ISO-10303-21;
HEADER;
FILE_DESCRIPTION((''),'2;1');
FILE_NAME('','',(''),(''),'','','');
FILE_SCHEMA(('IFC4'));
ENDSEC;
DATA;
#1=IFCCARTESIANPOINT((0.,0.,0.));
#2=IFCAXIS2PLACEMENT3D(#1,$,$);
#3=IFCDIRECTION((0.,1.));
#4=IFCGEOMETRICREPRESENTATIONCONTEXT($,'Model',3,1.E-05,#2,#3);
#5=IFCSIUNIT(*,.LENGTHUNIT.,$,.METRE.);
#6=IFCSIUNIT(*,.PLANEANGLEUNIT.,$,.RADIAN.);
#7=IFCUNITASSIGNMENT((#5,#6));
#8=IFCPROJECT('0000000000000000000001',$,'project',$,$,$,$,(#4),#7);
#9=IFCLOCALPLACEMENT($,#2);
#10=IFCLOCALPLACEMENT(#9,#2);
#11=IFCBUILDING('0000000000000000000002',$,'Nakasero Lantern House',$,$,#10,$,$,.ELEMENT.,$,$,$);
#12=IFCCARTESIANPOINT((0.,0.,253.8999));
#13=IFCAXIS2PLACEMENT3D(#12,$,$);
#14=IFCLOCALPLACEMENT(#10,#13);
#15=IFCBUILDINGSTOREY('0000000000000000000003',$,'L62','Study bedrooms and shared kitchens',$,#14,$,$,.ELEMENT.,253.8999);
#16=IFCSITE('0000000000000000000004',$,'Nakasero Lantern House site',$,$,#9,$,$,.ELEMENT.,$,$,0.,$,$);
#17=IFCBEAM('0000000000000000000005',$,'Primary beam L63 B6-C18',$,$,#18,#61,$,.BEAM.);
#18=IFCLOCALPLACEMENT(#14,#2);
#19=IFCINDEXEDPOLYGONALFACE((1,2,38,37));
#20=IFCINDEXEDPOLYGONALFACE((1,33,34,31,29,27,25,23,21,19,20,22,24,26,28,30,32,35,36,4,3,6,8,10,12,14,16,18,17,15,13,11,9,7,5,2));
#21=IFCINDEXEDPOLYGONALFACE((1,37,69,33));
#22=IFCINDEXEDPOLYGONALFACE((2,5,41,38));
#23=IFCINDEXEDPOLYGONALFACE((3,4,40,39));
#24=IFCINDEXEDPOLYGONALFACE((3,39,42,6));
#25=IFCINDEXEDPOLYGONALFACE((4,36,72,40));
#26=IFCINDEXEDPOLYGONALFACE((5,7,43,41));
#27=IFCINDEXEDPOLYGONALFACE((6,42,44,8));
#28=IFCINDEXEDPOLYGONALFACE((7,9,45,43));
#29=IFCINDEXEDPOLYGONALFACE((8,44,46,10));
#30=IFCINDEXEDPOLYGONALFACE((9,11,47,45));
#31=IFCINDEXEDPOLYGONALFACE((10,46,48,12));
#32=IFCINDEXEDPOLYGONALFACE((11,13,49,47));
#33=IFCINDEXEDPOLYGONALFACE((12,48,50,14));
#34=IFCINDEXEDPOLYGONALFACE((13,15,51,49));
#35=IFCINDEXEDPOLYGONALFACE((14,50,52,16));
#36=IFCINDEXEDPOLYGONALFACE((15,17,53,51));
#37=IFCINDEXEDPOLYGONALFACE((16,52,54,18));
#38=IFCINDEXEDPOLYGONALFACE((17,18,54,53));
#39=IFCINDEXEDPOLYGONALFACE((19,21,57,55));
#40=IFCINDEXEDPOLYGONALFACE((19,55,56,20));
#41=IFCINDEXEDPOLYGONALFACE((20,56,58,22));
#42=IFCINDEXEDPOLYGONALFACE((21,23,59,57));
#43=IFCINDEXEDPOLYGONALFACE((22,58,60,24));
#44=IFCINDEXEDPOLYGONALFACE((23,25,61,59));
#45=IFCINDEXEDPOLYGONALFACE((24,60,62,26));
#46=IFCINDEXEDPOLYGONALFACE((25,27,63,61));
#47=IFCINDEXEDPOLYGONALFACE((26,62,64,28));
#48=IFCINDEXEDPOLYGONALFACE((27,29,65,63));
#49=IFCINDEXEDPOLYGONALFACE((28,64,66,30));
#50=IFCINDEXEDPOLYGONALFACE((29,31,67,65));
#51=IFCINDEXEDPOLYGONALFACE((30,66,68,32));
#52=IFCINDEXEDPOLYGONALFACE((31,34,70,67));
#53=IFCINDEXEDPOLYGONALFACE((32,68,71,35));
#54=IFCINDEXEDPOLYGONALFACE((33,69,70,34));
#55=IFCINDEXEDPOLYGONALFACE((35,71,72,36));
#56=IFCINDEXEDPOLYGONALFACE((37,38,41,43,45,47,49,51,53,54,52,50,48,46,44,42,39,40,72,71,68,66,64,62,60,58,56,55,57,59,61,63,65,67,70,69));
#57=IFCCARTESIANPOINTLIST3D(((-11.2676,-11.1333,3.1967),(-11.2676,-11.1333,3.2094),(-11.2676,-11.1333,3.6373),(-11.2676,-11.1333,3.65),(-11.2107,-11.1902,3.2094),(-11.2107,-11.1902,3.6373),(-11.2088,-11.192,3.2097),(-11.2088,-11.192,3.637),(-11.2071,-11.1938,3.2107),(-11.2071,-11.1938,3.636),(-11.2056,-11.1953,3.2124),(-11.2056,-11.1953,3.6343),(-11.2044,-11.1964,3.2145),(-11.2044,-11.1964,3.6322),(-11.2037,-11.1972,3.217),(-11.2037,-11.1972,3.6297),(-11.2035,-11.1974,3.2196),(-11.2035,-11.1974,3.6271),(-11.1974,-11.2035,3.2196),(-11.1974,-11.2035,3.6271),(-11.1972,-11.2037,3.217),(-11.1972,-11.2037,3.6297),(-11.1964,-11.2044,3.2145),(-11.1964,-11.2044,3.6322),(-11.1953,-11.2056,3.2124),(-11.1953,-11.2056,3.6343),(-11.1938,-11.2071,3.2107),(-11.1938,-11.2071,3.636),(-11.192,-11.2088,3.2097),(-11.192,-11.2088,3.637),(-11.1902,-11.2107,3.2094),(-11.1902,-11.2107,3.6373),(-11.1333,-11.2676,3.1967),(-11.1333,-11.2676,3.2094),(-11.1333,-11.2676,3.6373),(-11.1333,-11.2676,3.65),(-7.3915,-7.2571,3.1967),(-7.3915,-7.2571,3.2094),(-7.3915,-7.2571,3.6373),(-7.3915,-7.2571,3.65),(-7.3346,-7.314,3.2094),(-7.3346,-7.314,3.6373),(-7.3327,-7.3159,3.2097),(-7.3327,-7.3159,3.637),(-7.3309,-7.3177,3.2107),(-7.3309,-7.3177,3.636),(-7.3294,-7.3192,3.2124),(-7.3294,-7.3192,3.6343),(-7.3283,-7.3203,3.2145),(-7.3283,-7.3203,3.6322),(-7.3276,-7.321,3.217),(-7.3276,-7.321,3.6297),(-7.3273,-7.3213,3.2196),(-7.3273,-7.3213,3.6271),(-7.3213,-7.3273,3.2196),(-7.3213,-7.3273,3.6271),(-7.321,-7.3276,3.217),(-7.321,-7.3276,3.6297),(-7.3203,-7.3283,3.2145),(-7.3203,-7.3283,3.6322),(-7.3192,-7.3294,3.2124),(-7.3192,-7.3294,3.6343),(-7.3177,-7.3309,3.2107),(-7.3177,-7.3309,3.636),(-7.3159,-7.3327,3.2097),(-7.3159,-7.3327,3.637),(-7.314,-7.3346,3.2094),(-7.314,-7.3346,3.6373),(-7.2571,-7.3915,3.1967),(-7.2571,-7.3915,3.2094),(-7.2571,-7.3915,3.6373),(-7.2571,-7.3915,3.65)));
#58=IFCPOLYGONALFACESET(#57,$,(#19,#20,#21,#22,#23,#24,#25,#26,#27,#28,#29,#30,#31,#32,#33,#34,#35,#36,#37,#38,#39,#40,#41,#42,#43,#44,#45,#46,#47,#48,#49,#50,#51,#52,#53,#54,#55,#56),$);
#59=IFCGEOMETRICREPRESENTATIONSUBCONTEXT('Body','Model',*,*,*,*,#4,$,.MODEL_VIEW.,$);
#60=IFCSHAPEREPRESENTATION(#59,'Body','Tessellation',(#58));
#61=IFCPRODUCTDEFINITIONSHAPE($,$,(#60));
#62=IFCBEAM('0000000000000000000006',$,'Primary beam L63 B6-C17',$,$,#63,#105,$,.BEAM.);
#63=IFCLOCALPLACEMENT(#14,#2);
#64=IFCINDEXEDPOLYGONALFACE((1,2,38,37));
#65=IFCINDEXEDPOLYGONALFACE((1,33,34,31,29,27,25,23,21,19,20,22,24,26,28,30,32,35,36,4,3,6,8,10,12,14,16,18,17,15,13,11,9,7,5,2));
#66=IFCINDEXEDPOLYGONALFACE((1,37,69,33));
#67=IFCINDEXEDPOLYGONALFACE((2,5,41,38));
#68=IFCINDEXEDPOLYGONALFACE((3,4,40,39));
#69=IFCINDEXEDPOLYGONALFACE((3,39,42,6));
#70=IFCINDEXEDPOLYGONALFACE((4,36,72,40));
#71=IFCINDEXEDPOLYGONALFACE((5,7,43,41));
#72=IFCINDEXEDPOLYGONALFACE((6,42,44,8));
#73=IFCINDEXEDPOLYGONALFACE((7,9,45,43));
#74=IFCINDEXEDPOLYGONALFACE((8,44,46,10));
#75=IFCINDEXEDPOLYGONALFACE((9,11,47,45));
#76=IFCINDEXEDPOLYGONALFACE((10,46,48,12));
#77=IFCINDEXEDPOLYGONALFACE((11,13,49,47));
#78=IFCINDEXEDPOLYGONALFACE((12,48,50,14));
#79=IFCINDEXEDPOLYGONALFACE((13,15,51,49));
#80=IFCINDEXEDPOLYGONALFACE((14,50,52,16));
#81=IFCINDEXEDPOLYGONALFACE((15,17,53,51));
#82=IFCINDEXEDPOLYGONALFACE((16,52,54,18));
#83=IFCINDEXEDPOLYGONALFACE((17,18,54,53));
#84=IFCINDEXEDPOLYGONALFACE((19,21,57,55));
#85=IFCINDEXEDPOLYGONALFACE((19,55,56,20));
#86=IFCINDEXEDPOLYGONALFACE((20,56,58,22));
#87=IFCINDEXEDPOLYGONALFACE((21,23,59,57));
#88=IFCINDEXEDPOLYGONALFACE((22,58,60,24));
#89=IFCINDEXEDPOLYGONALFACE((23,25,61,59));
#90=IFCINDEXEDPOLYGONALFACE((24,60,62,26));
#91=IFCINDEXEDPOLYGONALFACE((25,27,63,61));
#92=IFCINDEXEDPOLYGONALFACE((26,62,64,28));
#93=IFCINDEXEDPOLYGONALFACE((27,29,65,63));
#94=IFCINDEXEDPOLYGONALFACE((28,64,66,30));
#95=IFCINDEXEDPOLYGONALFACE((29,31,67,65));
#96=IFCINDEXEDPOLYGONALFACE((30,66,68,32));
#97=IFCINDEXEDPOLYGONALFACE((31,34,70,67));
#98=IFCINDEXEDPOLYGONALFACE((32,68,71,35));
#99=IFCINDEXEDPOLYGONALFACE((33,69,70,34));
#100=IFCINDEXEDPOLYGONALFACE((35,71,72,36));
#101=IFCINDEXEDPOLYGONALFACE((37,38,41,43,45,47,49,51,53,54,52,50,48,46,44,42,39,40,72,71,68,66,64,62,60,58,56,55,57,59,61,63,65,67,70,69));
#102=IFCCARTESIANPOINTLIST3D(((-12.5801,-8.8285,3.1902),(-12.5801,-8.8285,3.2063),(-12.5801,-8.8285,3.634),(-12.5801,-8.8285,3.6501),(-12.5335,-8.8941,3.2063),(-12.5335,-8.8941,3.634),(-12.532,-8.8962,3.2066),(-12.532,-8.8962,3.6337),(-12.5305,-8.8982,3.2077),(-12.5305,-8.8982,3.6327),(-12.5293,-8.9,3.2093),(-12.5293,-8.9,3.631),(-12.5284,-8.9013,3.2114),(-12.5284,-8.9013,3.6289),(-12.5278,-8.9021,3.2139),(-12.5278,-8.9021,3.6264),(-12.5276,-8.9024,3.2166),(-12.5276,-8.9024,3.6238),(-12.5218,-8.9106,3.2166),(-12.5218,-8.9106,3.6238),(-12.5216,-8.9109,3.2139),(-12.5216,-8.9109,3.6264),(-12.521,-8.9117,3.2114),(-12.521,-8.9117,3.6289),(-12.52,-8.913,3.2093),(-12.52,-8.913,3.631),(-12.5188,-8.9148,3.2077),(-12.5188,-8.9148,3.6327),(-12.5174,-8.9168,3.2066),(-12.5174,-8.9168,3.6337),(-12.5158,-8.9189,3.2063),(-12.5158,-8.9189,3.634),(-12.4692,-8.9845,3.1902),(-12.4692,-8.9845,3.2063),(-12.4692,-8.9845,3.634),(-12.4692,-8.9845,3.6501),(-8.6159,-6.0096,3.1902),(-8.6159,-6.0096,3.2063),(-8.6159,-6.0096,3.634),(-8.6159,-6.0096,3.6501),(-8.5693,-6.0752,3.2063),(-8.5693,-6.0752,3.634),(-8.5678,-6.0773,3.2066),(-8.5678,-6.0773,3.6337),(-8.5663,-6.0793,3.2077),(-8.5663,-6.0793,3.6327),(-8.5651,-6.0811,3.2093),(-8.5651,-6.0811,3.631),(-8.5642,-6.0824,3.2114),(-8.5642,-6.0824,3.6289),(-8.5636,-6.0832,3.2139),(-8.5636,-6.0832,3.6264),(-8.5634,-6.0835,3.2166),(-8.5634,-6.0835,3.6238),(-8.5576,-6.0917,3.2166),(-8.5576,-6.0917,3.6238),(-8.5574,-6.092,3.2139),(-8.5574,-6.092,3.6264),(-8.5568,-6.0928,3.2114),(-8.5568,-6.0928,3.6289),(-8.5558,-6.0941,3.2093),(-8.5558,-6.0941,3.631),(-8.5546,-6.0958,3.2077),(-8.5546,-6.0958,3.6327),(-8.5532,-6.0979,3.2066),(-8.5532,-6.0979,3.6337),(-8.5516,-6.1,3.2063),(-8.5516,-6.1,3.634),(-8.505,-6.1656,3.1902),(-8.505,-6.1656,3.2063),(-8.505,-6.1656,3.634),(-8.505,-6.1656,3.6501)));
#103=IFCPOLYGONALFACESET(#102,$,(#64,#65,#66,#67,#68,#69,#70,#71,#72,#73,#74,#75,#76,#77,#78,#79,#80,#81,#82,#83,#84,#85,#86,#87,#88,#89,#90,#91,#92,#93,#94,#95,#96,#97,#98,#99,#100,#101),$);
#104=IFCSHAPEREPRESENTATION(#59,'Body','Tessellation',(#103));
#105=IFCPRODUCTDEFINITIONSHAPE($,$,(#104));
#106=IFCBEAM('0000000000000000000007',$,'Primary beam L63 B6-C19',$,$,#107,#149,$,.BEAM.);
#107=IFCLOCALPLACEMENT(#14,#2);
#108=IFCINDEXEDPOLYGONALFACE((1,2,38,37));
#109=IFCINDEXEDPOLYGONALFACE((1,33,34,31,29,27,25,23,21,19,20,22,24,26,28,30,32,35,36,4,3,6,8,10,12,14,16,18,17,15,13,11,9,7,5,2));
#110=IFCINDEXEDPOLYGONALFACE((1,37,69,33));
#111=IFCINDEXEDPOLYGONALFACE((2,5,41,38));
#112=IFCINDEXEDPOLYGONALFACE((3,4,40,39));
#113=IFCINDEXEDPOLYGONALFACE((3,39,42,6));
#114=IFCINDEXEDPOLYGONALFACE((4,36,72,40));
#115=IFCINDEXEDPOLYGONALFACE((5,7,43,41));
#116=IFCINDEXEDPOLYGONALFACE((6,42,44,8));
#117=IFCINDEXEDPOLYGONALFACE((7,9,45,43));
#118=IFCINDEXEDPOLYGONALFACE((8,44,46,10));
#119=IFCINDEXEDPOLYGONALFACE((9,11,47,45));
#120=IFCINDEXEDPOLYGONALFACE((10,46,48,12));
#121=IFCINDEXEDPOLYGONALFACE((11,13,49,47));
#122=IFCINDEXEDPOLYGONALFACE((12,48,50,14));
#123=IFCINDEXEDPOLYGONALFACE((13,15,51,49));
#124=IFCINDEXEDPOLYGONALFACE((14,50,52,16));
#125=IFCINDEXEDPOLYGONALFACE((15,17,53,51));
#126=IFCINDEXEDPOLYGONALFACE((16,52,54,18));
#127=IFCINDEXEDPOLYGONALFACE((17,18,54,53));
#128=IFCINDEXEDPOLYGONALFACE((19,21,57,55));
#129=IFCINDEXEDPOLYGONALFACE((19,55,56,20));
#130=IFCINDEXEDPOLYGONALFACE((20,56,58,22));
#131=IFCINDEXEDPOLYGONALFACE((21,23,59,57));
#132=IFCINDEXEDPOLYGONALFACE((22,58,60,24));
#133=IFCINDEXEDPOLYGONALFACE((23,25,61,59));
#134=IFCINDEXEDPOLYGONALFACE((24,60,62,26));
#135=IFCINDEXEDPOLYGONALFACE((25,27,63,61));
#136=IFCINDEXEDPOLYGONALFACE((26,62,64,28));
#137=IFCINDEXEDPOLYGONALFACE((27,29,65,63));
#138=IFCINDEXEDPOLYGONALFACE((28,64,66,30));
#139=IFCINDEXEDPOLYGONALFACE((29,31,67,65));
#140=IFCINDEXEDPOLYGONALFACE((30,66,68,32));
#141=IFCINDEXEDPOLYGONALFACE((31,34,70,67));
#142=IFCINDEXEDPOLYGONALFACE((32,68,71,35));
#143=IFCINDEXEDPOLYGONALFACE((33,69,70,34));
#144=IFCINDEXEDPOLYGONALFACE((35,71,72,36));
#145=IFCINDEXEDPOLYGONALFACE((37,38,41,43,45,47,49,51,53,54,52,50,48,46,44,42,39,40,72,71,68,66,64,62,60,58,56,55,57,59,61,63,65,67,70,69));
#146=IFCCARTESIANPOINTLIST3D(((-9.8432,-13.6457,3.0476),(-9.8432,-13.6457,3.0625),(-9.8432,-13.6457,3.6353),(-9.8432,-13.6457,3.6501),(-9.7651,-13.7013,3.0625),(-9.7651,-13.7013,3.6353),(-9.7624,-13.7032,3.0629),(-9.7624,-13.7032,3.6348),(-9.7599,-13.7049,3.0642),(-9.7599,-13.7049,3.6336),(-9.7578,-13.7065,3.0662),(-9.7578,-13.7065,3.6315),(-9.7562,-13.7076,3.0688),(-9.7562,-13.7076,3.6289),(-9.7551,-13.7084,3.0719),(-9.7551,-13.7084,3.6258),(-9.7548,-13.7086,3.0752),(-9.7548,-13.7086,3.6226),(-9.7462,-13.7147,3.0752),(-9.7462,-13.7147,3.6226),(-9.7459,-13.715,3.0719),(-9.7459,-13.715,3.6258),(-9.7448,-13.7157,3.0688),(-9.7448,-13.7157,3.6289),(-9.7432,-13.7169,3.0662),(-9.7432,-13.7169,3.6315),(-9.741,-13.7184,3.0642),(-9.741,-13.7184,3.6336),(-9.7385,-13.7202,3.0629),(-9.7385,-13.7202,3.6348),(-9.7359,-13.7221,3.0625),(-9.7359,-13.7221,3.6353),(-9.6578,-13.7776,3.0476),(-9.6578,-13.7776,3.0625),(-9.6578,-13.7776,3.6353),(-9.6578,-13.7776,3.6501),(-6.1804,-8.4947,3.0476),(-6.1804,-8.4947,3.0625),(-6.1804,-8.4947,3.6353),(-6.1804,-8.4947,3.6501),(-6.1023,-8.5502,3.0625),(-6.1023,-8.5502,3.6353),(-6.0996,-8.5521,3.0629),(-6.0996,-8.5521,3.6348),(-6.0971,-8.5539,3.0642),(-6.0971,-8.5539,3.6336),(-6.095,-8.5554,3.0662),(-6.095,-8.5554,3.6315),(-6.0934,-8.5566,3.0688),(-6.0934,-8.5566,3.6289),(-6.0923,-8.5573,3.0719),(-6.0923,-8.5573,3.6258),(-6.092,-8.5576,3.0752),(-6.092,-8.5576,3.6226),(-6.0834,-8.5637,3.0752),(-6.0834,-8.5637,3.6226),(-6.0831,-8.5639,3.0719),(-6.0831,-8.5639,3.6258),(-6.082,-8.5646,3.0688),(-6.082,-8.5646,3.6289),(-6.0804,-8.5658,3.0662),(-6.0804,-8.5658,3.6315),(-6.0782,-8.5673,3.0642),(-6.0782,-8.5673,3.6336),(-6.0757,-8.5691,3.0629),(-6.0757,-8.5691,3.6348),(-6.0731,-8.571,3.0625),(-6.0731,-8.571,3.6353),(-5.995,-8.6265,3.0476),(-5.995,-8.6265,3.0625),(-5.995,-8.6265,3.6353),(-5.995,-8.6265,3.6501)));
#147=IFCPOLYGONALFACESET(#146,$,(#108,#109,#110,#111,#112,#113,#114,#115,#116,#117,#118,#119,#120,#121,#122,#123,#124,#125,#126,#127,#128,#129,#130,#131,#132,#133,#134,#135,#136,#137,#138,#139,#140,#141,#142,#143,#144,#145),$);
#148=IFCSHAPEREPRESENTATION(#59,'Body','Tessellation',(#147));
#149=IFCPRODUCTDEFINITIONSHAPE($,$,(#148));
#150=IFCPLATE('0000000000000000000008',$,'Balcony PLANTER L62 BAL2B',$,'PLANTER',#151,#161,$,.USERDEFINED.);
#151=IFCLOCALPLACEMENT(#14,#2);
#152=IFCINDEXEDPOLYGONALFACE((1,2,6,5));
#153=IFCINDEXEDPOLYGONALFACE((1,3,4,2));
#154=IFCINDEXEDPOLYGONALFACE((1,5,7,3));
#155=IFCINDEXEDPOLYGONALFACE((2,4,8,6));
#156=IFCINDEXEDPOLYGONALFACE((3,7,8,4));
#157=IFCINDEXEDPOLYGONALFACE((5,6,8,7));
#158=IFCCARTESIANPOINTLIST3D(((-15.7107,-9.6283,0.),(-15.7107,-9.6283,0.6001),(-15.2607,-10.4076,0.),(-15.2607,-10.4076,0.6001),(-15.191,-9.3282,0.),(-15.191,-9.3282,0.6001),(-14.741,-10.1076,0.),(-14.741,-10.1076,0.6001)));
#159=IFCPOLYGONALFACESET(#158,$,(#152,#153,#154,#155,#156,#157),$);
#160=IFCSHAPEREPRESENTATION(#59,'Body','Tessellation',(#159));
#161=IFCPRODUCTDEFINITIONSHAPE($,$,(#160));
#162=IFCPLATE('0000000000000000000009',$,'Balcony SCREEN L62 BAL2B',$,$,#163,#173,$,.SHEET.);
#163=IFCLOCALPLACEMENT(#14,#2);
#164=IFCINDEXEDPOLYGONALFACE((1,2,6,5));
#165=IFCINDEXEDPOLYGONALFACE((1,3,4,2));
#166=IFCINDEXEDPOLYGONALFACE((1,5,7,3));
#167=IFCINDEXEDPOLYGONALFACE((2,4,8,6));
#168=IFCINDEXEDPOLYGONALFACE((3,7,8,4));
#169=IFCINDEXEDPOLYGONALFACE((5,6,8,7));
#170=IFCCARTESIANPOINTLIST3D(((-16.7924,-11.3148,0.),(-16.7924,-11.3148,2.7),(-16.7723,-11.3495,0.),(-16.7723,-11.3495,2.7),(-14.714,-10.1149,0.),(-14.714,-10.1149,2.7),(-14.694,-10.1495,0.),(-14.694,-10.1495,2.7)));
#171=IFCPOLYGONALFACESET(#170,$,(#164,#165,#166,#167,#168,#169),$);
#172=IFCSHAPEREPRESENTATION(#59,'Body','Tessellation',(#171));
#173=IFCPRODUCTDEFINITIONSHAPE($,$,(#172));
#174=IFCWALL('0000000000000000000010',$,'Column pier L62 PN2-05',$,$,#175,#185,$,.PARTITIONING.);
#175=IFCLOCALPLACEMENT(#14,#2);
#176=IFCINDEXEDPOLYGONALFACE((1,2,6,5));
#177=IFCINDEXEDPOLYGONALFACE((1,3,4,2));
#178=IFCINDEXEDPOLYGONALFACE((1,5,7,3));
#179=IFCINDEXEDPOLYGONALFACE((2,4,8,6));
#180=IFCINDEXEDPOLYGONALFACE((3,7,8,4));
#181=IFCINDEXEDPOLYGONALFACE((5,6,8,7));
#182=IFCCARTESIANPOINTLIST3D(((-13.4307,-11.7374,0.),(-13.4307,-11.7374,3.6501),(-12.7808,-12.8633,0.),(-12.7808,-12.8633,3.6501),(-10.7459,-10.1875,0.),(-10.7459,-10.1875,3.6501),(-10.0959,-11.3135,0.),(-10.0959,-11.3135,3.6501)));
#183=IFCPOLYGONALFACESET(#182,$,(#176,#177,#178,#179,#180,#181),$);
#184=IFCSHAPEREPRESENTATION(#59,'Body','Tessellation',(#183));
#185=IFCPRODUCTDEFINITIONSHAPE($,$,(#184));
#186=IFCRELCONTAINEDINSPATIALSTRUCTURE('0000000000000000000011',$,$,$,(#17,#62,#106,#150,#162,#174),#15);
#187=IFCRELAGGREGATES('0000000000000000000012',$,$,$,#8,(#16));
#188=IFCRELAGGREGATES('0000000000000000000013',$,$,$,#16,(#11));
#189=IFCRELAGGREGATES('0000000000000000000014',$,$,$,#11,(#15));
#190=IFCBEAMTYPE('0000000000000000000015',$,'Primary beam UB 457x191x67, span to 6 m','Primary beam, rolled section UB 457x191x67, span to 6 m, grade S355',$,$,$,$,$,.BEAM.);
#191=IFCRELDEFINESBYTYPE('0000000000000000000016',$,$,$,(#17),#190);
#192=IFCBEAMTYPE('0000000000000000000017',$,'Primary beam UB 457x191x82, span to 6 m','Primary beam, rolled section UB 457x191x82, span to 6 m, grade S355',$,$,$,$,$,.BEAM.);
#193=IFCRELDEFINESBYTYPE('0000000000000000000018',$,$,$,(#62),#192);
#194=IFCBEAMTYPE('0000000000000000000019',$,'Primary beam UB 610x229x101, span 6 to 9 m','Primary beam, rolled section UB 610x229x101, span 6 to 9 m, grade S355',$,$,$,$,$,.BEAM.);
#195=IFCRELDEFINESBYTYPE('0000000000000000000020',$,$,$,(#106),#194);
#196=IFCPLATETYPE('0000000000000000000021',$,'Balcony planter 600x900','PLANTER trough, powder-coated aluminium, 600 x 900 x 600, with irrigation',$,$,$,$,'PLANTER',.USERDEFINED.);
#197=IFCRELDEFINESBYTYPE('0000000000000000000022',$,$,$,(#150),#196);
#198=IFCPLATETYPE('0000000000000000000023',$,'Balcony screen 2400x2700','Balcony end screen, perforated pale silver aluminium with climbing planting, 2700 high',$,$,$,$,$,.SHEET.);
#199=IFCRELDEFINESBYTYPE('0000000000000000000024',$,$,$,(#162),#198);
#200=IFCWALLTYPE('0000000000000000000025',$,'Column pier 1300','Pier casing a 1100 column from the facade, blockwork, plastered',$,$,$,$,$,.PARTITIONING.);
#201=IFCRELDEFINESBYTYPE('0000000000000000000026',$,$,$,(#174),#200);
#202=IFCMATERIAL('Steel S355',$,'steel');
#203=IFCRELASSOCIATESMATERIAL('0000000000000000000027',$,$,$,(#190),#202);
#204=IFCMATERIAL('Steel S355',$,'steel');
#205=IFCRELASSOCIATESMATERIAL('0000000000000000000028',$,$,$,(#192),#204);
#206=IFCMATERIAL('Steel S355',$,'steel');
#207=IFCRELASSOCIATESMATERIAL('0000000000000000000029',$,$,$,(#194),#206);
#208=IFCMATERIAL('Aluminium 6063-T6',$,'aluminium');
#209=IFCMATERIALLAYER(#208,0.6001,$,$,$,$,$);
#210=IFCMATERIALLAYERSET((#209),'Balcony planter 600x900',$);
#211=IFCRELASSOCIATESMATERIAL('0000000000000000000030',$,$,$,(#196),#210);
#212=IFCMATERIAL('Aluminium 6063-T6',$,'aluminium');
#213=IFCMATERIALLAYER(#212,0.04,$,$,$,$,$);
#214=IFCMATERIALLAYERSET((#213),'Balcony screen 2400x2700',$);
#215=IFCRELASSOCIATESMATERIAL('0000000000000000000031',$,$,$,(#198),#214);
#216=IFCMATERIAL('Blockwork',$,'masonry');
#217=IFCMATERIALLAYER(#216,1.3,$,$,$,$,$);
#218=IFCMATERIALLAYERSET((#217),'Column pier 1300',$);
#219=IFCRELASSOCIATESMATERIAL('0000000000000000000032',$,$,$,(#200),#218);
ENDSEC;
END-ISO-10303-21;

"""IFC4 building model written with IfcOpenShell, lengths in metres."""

from ifc_helpers import new_model, si_unit, direction, frame, frame_2d, origin, origin_2d, place, context, subcontext, project, spatial, rectangle, i_section, extrude, material, layer, layer_set, material_profile, profile_set, type_object, element, save


model = new_model("IFC4")

# Units and contexts
model_context = context("Model", 3, precision=1e-05, world=origin(), true_north=direction((0.0, 1.0)))
body_context = subcontext(model_context, "Body", "Model", "MODEL_VIEW")
ifc_project = project(units=[si_unit("LENGTHUNIT", "METRE"), si_unit("PLANEANGLEUNIT", "RADIAN")], contexts=[model_context])

# Site, building, storey
site_placement = place(None, origin())
site = spatial("IfcSite", under=ifc_project, at=site_placement, Name="Nakasero Lantern House site", CompositionType="ELEMENT", RefElevation=0.0)
building_placement = place(site_placement, origin())
building = spatial("IfcBuilding", under=site, at=building_placement, Name="Nakasero Lantern House", CompositionType="ELEMENT")
storey_placement = place(building_placement, frame((0.0, 0.0, 253.8999)))
storey = spatial("IfcBuildingStorey", under=building, at=storey_placement, Name="L62", Description="Study bedrooms and shared kitchens", CompositionType="ELEMENT", Elevation=253.8999)

# Beams
ifc_material_1 = material(Name="Steel S355", Category="steel")
ifc_material_profile_1 = material_profile(ifc_material_1, i_section(OverallWidth=0.1899, OverallDepth=0.4534, WebThickness=0.0085, FlangeThickness=0.0127, FilletRadius=0.0103, at=origin_2d()), Name="UB 457x191x67")
ifc_profile_set_1 = profile_set([ifc_material_profile_1], Name="Steel S355")
beam_type_1 = type_object("IfcBeamType", Name="Primary beam UB 457x191x67, span to 6 m", Description="Primary beam, rolled section UB 457x191x67, span to 6 m, grade S355", PredefinedType="BEAM", material=ifc_profile_set_1)
beam_1_placement = place(storey_placement, frame((-11.2004, -11.2004, 3.4233), z_axis=(0.707107, 0.707107, 0.0), x_axis=(-0.707107, 0.707107, 0.0)))
element("IfcBeam", 1, at=beam_1_placement, inside=storey, type_object=beam_type_1, Name="Primary beam L63 B6-C18", PredefinedType="BEAM", context=body_context, shape_type="SweptSolid", body=[
    extrude(i_section(OverallWidth=0.1899, OverallDepth=0.4534, WebThickness=0.0085, FlangeThickness=0.0127, FilletRadius=0.0103, at=origin_2d()), origin(), (0.0, 0.0, 1.0), 5.4817),
])
ifc_material_2 = material(Name="Steel S355", Category="steel")
ifc_material_profile_2 = material_profile(ifc_material_2, i_section(OverallWidth=0.1914, OverallDepth=0.46, WebThickness=0.01, FlangeThickness=0.0161, FilletRadius=0.0103, at=origin_2d()), Name="UB 457x191x82")
ifc_profile_set_2 = profile_set([ifc_material_profile_2], Name="Steel S355")
beam_type_2 = type_object("IfcBeamType", Name="Primary beam UB 457x191x82, span to 6 m", Description="Primary beam, rolled section UB 457x191x82, span to 6 m, grade S355", PredefinedType="BEAM", material=ifc_profile_set_2)
beam_2_placement = place(storey_placement, frame((-12.5247, -8.9065, 3.4202), z_axis=(0.814963, 0.579513, 0.0), x_axis=(-0.579513, 0.814963, 0.0)))
element("IfcBeam", 2, at=beam_2_placement, inside=storey, type_object=beam_type_2, Name="Primary beam L63 B6-C17", PredefinedType="BEAM", context=body_context, shape_type="SweptSolid", body=[
    extrude(i_section(OverallWidth=0.1914, OverallDepth=0.46, WebThickness=0.01, FlangeThickness=0.0161, FilletRadius=0.0103, at=origin_2d()), origin(), (0.0, 0.0, 1.0), 4.8643),
])
ifc_material_3 = material(Name="Steel S355", Category="steel")
ifc_material_profile_3 = material_profile(ifc_material_3, i_section(OverallWidth=0.2275, OverallDepth=0.6025, WebThickness=0.0105, FlangeThickness=0.0149, FilletRadius=0.0127, at=origin_2d()), Name="UB 610x229x101")
ifc_profile_set_3 = profile_set([ifc_material_profile_3], Name="Steel S355")
beam_type_3 = type_object("IfcBeamType", Name="Primary beam UB 610x229x101, span 6 to 9 m", Description="Primary beam, rolled section UB 610x229x101, span 6 to 9 m, grade S355", PredefinedType="BEAM", material=ifc_profile_set_3)
beam_3_placement = place(storey_placement, frame((-9.7505, -13.7117, 3.3489), z_axis=(0.579505, 0.814969, 0.0), x_axis=(-0.814969, 0.579505, 0.0)))
element("IfcBeam", 3, at=beam_3_placement, inside=storey, type_object=beam_type_3, Name="Primary beam L63 B6-C19", PredefinedType="BEAM", context=body_context, shape_type="SweptSolid", body=[
    extrude(i_section(OverallWidth=0.2275, OverallDepth=0.6025, WebThickness=0.0105, FlangeThickness=0.0149, FilletRadius=0.0127, at=origin_2d()), origin(), (0.0, 0.0, 1.0), 6.3206),
])

# Plates
ifc_material_4 = material(Name="Aluminium 6063-T6", Category="aluminium")
ifc_layer_1 = layer(ifc_material_4, 0.6001)
ifc_layer_set_1 = layer_set([ifc_layer_1], Name="Balcony planter 600x900")
plate_type_1 = type_object("IfcPlateType", Name="Balcony planter 600x900", Description="PLANTER trough, powder-coated aluminium, 600 x 900 x 600, with irrigation", ElementType="PLANTER", PredefinedType="USERDEFINED", material=ifc_layer_set_1)
plate_1_placement = place(storey_placement, frame((-15.2258, -9.8679, 0.0), z_axis=(0.0, 0.0, 1.0), x_axis=(-0.866025, -0.5, 0.0)))
element("IfcPlate", 4, at=plate_1_placement, inside=storey, type_object=plate_type_1, Name="Balcony PLANTER L62 BAL2B", ObjectType="PLANTER", PredefinedType="USERDEFINED", context=body_context, shape_type="SweptSolid", body=[
    extrude(rectangle(XDim=0.6001, YDim=0.8999, at=origin_2d()), origin(), (0.0, 0.0, 1.0), 0.6001),
])
ifc_material_5 = material(Name="Aluminium 6063-T6", Category="aluminium")
ifc_layer_2 = layer(ifc_material_5, 0.04)
ifc_layer_set_2 = layer_set([ifc_layer_2], Name="Balcony screen 2400x2700")
plate_type_2 = type_object("IfcPlateType", Name="Balcony screen 2400x2700", Description="Balcony end screen, perforated pale silver aluminium with climbing planting, 2700 high", PredefinedType="SHEET", material=ifc_layer_set_2)
plate_2_placement = place(storey_placement, frame((-15.7432, -10.7322, 0.0), z_axis=(0.0, 0.0, 1.0), x_axis=(-0.866025, -0.5, 0.0)))
element("IfcPlate", 5, at=plate_2_placement, inside=storey, type_object=plate_type_2, Name="Balcony SCREEN L62 BAL2B", PredefinedType="SHEET", context=body_context, shape_type="SweptSolid", body=[
    extrude(rectangle(XDim=2.3999, YDim=0.04, at=origin_2d()), origin(), (0.0, 0.0, 1.0), 2.7),
])

# Wall
ifc_material_6 = material(Name="Blockwork", Category="masonry")
ifc_layer_3 = layer(ifc_material_6, 1.3)
ifc_layer_set_3 = layer_set([ifc_layer_3], Name="Column pier 1300")
wall_type_1 = type_object("IfcWallType", Name="Column pier 1300", Description="Pier casing a 1100 column from the facade, blockwork, plastered", PredefinedType="PARTITIONING", material=ifc_layer_set_3)
wall_1_placement = place(storey_placement, frame((-10.4209, -10.7505, 0.0), z_axis=(0.0, 0.0, 1.0), x_axis=(-0.866064, -0.499934, 0.0)))
element("IfcWall", 6, at=wall_1_placement, inside=storey, type_object=wall_type_1, Name="Column pier L62 PN2-05", PredefinedType="PARTITIONING", context=body_context, shape_type="SweptSolid", body=[
    extrude(rectangle(XDim=3.1001, YDim=1.3, at=frame_2d((1.55, 0.0))), origin(), (0.0, 0.0, 1.0), 3.6501),
])

save(model, "model.ifc")
